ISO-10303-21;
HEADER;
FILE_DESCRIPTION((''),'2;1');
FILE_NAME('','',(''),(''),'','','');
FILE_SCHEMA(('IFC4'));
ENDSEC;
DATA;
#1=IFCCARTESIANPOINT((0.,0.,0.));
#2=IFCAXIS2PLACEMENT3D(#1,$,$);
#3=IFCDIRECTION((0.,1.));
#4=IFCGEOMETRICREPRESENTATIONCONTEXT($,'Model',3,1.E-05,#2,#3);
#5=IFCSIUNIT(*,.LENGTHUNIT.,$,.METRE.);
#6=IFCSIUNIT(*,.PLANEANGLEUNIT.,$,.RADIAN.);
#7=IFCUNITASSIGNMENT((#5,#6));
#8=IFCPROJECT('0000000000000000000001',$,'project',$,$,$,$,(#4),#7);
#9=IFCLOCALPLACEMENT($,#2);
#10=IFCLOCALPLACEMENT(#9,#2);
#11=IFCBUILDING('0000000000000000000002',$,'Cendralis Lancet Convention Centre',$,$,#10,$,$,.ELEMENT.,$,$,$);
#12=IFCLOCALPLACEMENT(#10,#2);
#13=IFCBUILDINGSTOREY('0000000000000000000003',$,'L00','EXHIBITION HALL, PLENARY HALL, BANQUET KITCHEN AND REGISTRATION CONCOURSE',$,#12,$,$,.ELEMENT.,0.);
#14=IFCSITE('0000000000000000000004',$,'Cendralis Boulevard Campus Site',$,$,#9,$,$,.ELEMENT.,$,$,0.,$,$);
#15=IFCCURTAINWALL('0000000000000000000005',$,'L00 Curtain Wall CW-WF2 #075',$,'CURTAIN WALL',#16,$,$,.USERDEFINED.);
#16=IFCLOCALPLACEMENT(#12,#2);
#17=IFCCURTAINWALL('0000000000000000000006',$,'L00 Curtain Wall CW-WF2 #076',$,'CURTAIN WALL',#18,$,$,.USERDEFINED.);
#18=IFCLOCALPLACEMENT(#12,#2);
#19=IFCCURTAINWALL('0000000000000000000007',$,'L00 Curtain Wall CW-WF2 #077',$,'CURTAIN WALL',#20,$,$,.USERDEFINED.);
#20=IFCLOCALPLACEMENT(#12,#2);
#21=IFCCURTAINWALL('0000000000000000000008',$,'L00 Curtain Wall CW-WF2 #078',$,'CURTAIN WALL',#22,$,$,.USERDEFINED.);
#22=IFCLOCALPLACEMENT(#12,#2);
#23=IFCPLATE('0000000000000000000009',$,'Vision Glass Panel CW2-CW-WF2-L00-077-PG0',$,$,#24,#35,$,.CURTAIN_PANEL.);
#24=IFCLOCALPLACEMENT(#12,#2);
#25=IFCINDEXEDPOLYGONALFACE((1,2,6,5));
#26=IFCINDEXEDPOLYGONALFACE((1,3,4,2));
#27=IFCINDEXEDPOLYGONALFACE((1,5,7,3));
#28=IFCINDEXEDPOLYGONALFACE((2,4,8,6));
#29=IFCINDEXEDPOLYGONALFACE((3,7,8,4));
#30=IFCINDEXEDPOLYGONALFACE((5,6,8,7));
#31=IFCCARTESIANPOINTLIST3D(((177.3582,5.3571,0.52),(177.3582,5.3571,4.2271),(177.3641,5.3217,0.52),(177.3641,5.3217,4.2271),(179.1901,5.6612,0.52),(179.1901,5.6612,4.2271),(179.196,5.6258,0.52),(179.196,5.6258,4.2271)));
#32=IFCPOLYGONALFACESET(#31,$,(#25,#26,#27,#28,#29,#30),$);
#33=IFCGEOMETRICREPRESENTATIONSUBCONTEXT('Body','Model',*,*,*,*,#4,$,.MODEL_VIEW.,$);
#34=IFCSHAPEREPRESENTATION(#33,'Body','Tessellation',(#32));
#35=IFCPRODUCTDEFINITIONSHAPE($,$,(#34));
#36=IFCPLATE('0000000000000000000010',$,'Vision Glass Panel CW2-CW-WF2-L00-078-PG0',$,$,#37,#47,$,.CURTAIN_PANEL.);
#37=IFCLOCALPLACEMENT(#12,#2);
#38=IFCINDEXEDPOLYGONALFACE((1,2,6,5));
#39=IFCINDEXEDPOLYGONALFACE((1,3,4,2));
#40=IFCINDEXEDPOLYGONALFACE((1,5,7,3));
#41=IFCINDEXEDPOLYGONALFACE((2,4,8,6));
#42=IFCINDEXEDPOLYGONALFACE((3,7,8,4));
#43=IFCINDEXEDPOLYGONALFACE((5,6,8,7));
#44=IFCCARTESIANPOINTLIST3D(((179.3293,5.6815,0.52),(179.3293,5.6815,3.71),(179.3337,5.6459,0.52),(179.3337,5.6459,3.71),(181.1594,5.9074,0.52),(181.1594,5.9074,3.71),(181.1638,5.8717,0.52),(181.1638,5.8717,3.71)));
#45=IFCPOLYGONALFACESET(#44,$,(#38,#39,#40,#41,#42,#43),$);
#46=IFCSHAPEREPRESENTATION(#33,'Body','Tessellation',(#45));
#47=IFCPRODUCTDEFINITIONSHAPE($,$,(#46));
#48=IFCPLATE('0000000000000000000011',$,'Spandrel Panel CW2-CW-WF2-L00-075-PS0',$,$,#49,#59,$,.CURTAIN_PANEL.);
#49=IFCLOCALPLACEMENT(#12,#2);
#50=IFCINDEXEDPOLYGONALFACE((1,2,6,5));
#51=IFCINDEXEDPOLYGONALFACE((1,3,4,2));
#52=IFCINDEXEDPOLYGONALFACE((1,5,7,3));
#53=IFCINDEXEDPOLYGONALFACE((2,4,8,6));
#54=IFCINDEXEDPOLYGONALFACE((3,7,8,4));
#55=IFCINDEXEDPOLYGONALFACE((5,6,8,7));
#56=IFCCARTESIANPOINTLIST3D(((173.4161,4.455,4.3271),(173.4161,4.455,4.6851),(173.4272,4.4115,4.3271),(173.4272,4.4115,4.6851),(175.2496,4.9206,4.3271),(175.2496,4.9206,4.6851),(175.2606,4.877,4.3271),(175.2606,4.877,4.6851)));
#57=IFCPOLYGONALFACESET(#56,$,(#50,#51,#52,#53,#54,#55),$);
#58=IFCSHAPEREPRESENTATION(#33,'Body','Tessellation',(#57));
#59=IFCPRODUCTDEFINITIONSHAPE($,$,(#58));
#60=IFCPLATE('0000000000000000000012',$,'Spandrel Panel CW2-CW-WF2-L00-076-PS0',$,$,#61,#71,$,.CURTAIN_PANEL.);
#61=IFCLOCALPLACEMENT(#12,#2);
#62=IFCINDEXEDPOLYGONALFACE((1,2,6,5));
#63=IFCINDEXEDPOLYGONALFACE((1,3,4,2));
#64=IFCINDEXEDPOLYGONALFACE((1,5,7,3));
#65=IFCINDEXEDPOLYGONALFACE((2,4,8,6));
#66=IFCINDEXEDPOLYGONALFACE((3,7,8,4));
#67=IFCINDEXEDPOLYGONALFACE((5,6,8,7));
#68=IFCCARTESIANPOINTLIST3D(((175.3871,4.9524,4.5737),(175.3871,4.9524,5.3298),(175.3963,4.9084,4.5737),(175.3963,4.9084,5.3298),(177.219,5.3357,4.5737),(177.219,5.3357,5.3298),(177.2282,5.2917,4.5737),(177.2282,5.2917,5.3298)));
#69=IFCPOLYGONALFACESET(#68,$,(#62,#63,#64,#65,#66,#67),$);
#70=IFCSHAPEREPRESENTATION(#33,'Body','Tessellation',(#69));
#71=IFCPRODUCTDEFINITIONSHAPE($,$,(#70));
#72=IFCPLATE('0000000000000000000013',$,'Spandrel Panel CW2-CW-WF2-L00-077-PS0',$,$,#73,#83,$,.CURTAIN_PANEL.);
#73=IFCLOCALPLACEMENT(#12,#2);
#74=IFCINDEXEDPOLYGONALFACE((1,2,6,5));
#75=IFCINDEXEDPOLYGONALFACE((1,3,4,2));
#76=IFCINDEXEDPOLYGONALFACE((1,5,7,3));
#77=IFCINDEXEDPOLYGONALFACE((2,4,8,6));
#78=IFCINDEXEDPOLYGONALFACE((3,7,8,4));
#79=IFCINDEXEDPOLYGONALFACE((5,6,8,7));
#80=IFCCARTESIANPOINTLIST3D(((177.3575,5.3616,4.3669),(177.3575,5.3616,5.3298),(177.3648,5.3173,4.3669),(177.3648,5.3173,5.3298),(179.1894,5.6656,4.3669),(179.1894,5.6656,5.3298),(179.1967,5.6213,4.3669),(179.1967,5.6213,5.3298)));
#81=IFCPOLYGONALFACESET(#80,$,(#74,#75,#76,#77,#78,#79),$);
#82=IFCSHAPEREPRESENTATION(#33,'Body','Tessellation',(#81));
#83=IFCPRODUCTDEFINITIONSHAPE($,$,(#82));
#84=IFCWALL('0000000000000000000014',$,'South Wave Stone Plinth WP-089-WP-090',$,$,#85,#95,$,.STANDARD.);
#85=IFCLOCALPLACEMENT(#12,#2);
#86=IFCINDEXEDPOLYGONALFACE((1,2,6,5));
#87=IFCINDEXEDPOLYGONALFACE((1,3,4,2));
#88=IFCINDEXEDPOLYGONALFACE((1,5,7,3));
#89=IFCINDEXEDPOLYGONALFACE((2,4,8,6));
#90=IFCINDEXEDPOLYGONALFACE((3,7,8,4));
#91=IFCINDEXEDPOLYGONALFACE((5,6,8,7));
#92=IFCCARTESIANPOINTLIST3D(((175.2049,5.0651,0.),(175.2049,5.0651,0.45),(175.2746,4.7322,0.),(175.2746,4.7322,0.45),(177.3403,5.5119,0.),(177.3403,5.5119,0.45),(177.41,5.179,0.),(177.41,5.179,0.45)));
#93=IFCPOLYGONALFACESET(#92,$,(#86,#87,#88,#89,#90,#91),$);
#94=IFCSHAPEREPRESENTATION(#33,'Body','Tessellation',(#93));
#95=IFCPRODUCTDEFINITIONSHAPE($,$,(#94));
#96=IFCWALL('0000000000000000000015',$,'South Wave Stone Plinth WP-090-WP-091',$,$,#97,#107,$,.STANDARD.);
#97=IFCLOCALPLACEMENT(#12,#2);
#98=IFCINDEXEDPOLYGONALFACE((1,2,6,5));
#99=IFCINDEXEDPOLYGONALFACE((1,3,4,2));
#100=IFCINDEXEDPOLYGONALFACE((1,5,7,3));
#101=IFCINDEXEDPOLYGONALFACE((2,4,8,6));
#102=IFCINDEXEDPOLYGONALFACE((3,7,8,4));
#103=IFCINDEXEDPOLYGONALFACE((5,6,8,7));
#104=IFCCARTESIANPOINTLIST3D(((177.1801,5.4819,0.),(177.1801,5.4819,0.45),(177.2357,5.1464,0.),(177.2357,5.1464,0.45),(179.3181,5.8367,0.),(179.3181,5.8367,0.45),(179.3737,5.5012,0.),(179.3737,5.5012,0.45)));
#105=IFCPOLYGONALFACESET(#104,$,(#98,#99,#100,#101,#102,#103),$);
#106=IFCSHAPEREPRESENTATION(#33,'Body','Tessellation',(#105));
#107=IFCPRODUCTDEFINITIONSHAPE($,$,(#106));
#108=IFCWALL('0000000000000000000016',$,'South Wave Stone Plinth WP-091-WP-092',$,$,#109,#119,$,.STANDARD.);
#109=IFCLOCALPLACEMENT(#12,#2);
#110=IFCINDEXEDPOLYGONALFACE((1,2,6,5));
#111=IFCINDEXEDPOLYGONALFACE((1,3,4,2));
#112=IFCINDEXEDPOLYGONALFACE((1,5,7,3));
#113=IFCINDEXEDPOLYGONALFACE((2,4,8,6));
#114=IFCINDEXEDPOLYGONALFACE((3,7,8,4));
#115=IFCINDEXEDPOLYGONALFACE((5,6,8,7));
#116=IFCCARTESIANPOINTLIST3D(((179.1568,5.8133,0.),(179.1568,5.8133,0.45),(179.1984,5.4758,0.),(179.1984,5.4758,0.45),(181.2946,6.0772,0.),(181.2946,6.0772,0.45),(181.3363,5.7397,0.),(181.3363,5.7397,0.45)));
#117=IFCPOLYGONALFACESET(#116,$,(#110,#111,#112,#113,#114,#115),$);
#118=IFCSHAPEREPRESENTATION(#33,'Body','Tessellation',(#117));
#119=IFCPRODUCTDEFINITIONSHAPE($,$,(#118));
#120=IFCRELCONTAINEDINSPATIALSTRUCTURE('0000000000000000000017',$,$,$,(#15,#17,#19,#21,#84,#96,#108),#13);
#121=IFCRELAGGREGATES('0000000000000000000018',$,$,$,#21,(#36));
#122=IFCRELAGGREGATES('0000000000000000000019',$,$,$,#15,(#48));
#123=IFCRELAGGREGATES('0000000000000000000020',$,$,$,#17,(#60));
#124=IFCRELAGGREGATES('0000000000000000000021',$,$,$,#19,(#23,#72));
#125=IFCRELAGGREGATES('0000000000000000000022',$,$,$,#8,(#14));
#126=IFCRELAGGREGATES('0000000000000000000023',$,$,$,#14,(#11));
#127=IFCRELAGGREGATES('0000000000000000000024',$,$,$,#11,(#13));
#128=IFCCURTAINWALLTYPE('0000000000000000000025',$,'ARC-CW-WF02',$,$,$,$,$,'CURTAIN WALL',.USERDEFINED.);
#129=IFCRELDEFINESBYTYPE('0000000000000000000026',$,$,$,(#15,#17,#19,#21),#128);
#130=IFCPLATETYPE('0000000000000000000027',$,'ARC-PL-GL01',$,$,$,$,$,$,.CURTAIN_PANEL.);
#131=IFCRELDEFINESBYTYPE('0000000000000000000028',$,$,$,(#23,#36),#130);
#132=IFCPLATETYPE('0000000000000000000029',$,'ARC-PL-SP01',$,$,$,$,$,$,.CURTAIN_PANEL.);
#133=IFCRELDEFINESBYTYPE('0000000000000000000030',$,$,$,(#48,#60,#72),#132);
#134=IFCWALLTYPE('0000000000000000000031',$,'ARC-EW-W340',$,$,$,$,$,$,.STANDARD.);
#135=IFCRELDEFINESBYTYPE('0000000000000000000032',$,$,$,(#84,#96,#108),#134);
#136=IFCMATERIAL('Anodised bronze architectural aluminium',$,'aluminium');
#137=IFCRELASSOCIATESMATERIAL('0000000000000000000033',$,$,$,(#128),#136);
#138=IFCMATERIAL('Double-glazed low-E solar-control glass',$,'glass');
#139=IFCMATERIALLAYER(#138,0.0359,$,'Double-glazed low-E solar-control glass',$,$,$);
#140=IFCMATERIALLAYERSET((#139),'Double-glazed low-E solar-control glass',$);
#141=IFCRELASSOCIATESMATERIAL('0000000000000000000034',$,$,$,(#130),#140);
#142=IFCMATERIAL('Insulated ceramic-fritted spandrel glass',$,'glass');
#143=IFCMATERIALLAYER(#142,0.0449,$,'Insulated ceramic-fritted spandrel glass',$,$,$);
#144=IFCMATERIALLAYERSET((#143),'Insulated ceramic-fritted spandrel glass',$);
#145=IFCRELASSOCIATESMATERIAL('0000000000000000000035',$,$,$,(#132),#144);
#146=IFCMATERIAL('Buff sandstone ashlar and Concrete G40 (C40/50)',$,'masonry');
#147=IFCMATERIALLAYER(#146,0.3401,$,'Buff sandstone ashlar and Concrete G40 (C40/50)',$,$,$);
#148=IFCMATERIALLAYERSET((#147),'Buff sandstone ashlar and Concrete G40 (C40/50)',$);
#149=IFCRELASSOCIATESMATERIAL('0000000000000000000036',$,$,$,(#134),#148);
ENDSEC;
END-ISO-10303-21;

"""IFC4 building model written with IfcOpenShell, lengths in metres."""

from ifc_helpers import new_model, si_unit, direction, frame, frame_2d, origin, origin_2d, place, context, subcontext, project, spatial, rectangle, extrude, material, layer, layer_set, type_object, element, aggregate, save


model = new_model("IFC4")

# Units and contexts
model_context = context("Model", 3, precision=1e-05, world=origin(), true_north=direction((0.0, 1.0)))
body_context = subcontext(model_context, "Body", "Model", "MODEL_VIEW")
ifc_project = project(units=[si_unit("LENGTHUNIT", "METRE"), si_unit("PLANEANGLEUNIT", "RADIAN")], contexts=[model_context])

# Site, building, storey
site_placement = place(None, origin())
site = spatial("IfcSite", under=ifc_project, at=site_placement, Name="Cendralis Boulevard Campus Site", CompositionType="ELEMENT", RefElevation=0.0)
building_placement = place(site_placement, origin())
building = spatial("IfcBuilding", under=site, at=building_placement, Name="Cendralis Lancet Convention Centre", CompositionType="ELEMENT")
storey_placement = place(building_placement, origin())
storey = spatial("IfcBuildingStorey", under=building, at=storey_placement, Name="L00", Description="EXHIBITION HALL, PLENARY HALL, BANQUET KITCHEN AND REGISTRATION CONCOURSE", CompositionType="ELEMENT", Elevation=0.0)

# Shared definitions
ifc_material_1 = material(Name="Anodised bronze architectural aluminium", Category="aluminium")
curtain_wall_type = type_object("IfcCurtainWallType", Name="ARC-CW-WF02", ElementType="CURTAIN WALL", PredefinedType="USERDEFINED", material=ifc_material_1)

# Curtain walls
curtain_wall_1_placement = place(storey_placement, origin())
curtain_wall_1 = element("IfcCurtainWall", 1, at=curtain_wall_1_placement, inside=storey, type_object=curtain_wall_type, Name="L00 Curtain Wall CW-WF2 #075", ObjectType="CURTAIN WALL", PredefinedType="USERDEFINED")
curtain_wall_2_placement = place(storey_placement, origin())
curtain_wall_2 = element("IfcCurtainWall", 2, at=curtain_wall_2_placement, inside=storey, type_object=curtain_wall_type, Name="L00 Curtain Wall CW-WF2 #076", ObjectType="CURTAIN WALL", PredefinedType="USERDEFINED")
curtain_wall_3_placement = place(storey_placement, origin())
curtain_wall_3 = element("IfcCurtainWall", 3, at=curtain_wall_3_placement, inside=storey, type_object=curtain_wall_type, Name="L00 Curtain Wall CW-WF2 #077", ObjectType="CURTAIN WALL", PredefinedType="USERDEFINED")

# Curtain wall
curtain_wall_4_placement = place(storey_placement, origin())
curtain_wall_4 = element("IfcCurtainWall", 4, at=curtain_wall_4_placement, inside=storey, type_object=curtain_wall_type, Name="L00 Curtain Wall CW-WF2 #078", ObjectType="CURTAIN WALL", PredefinedType="USERDEFINED")

# Plates
ifc_material_2 = material(Name="Double-glazed low-E solar-control glass", Category="glass")
ifc_layer_1 = layer(ifc_material_2, 0.0359, Name="Double-glazed low-E solar-control glass")
ifc_layer_set_1 = layer_set([ifc_layer_1], Name="Double-glazed low-E solar-control glass")
plate_type_1 = type_object("IfcPlateType", Name="ARC-PL-GL01", PredefinedType="CURTAIN_PANEL", material=ifc_layer_set_1)
plate_1_placement = place(storey_placement, frame((178.2771, 5.4915, 0.52), z_axis=(0.0, 0.0, 1.0), x_axis=(0.986502, 0.163749, 0.0)))
plate_1 = element("IfcPlate", 5, at=plate_1_placement, type_object=plate_type_1, Name="Vision Glass Panel CW2-CW-WF2-L00-077-PG0", PredefinedType="CURTAIN_PANEL", context=body_context, shape_type="SweptSolid", body=[
    extrude(rectangle(XDim=1.8569, YDim=0.0359, at=origin_2d()), origin(), (0.0, 0.0, 1.0), 3.707),
])
plate_2_placement = place(storey_placement, frame((180.2466, 5.7766, 0.52), z_axis=(0.0, 0.0, 1.0), x_axis=(0.992471, 0.122484, 0.0)))
plate_2 = element("IfcPlate", 6, at=plate_2_placement, type_object=plate_type_1, Name="Vision Glass Panel CW2-CW-WF2-L00-078-PG0", PredefinedType="CURTAIN_PANEL", context=body_context, shape_type="SweptSolid", body=[
    extrude(rectangle(XDim=1.844, YDim=0.0359, at=origin_2d()), origin(), (0.0, 0.0, 1.0), 3.1899),
])
aggregate(curtain_wall_4, [plate_2])
ifc_material_3 = material(Name="Insulated ceramic-fritted spandrel glass", Category="glass")
ifc_layer_2 = layer(ifc_material_3, 0.0449, Name="Insulated ceramic-fritted spandrel glass")
ifc_layer_set_2 = layer_set([ifc_layer_2], Name="Insulated ceramic-fritted spandrel glass")
plate_type_2 = type_object("IfcPlateType", Name="ARC-PL-SP01", PredefinedType="CURTAIN_PANEL", material=ifc_layer_set_2)
plate_3_placement = place(storey_placement, frame((174.3384, 4.666, 4.3271), z_axis=(0.0, 0.0, 1.0), x_axis=(0.969238, 0.246124, 0.0)))
plate_3 = element("IfcPlate", 7, at=plate_3_placement, type_object=plate_type_2, Name="Spandrel Panel CW2-CW-WF2-L00-075-PS0", PredefinedType="CURTAIN_PANEL", context=body_context, shape_type="SweptSolid", body=[
    extrude(rectangle(XDim=1.8916, YDim=0.0449, at=origin_2d()), origin(), (0.0, 0.0, 1.0), 0.3579),
])
aggregate(curtain_wall_1, [plate_3])
plate_4_placement = place(storey_placement, frame((176.3076, 5.1221, 4.5737), z_axis=(0.0, 0.0, 1.0), x_axis=(0.978802, 0.204808, 0.0)))
plate_4 = element("IfcPlate", 8, at=plate_4_placement, type_object=plate_type_2, Name="Spandrel Panel CW2-CW-WF2-L00-076-PS0", PredefinedType="CURTAIN_PANEL", context=body_context, shape_type="SweptSolid", body=[
    extrude(rectangle(XDim=1.8716, YDim=0.0449, at=origin_2d()), origin(), (0.0, 0.0, 1.0), 0.7561),
])
aggregate(curtain_wall_2, [plate_4])
plate_5_placement = place(storey_placement, frame((178.2771, 5.4915, 4.3669), z_axis=(0.0, 0.0, 1.0), x_axis=(0.986502, 0.163749, 0.0)))
plate_5 = element("IfcPlate", 9, at=plate_5_placement, type_object=plate_type_2, Name="Spandrel Panel CW2-CW-WF2-L00-077-PS0", PredefinedType="CURTAIN_PANEL", context=body_context, shape_type="SweptSolid", body=[
    extrude(rectangle(XDim=1.8569, YDim=0.0449, at=origin_2d()), origin(), (0.0, 0.0, 1.0), 0.9629),
])
aggregate(curtain_wall_3, [plate_1, plate_5])

# Walls
ifc_material_4 = material(Name="Buff sandstone ashlar and Concrete G40 (C40/50)", Category="masonry")
ifc_layer_3 = layer(ifc_material_4, 0.3401, Name="Buff sandstone ashlar and Concrete G40 (C40/50)")
ifc_layer_set_3 = layer_set([ifc_layer_3], Name="Buff sandstone ashlar and Concrete G40 (C40/50)")
wall_type = type_object("IfcWallType", Name="ARC-EW-W340", PredefinedType="STANDARD", material=ifc_layer_set_3)
wall_1_placement = place(storey_placement, frame((175.2397, 4.8987, 0.0), z_axis=(0.0, 0.0, 1.0), x_axis=(0.978808, 0.204781, 0.0)))
element("IfcWall", 10, at=wall_1_placement, inside=storey, type_object=wall_type, Name="South Wave Stone Plinth WP-089-WP-090", PredefinedType="STANDARD", context=body_context, shape_type="SweptSolid", body=[
    extrude(rectangle(XDim=2.1816, YDim=0.3401, at=frame_2d((1.0908, 0.0))), origin(), (0.0, 0.0, 1.0), 0.45),
])
wall_2_placement = place(storey_placement, frame((177.208, 5.3142, 0.0), z_axis=(0.0, 0.0, 1.0), x_axis=(0.986512, 0.163686, 0.0)))
element("IfcWall", 11, at=wall_2_placement, inside=storey, type_object=wall_type, Name="South Wave Stone Plinth WP-090-WP-091", PredefinedType="STANDARD", context=body_context, shape_type="SweptSolid", body=[
    extrude(rectangle(XDim=2.1672, YDim=0.3401, at=frame_2d((1.0835, 0.0))), origin(), (0.0, 0.0, 1.0), 0.45),
])
wall_3_placement = place(storey_placement, frame((179.1775, 5.6445, 0.0), z_axis=(0.0, 0.0, 1.0), x_axis=(0.992467, 0.122514, 0.0)))
element("IfcWall", 12, at=wall_3_placement, inside=storey, type_object=wall_type, Name="South Wave Stone Plinth WP-091-WP-092", PredefinedType="STANDARD", context=body_context, shape_type="SweptSolid", body=[
    extrude(rectangle(XDim=2.1541, YDim=0.3401, at=frame_2d((1.0771, 0.0))), origin(), (0.0, 0.0, 1.0), 0.45),
])

save(model, "model.ifc")
